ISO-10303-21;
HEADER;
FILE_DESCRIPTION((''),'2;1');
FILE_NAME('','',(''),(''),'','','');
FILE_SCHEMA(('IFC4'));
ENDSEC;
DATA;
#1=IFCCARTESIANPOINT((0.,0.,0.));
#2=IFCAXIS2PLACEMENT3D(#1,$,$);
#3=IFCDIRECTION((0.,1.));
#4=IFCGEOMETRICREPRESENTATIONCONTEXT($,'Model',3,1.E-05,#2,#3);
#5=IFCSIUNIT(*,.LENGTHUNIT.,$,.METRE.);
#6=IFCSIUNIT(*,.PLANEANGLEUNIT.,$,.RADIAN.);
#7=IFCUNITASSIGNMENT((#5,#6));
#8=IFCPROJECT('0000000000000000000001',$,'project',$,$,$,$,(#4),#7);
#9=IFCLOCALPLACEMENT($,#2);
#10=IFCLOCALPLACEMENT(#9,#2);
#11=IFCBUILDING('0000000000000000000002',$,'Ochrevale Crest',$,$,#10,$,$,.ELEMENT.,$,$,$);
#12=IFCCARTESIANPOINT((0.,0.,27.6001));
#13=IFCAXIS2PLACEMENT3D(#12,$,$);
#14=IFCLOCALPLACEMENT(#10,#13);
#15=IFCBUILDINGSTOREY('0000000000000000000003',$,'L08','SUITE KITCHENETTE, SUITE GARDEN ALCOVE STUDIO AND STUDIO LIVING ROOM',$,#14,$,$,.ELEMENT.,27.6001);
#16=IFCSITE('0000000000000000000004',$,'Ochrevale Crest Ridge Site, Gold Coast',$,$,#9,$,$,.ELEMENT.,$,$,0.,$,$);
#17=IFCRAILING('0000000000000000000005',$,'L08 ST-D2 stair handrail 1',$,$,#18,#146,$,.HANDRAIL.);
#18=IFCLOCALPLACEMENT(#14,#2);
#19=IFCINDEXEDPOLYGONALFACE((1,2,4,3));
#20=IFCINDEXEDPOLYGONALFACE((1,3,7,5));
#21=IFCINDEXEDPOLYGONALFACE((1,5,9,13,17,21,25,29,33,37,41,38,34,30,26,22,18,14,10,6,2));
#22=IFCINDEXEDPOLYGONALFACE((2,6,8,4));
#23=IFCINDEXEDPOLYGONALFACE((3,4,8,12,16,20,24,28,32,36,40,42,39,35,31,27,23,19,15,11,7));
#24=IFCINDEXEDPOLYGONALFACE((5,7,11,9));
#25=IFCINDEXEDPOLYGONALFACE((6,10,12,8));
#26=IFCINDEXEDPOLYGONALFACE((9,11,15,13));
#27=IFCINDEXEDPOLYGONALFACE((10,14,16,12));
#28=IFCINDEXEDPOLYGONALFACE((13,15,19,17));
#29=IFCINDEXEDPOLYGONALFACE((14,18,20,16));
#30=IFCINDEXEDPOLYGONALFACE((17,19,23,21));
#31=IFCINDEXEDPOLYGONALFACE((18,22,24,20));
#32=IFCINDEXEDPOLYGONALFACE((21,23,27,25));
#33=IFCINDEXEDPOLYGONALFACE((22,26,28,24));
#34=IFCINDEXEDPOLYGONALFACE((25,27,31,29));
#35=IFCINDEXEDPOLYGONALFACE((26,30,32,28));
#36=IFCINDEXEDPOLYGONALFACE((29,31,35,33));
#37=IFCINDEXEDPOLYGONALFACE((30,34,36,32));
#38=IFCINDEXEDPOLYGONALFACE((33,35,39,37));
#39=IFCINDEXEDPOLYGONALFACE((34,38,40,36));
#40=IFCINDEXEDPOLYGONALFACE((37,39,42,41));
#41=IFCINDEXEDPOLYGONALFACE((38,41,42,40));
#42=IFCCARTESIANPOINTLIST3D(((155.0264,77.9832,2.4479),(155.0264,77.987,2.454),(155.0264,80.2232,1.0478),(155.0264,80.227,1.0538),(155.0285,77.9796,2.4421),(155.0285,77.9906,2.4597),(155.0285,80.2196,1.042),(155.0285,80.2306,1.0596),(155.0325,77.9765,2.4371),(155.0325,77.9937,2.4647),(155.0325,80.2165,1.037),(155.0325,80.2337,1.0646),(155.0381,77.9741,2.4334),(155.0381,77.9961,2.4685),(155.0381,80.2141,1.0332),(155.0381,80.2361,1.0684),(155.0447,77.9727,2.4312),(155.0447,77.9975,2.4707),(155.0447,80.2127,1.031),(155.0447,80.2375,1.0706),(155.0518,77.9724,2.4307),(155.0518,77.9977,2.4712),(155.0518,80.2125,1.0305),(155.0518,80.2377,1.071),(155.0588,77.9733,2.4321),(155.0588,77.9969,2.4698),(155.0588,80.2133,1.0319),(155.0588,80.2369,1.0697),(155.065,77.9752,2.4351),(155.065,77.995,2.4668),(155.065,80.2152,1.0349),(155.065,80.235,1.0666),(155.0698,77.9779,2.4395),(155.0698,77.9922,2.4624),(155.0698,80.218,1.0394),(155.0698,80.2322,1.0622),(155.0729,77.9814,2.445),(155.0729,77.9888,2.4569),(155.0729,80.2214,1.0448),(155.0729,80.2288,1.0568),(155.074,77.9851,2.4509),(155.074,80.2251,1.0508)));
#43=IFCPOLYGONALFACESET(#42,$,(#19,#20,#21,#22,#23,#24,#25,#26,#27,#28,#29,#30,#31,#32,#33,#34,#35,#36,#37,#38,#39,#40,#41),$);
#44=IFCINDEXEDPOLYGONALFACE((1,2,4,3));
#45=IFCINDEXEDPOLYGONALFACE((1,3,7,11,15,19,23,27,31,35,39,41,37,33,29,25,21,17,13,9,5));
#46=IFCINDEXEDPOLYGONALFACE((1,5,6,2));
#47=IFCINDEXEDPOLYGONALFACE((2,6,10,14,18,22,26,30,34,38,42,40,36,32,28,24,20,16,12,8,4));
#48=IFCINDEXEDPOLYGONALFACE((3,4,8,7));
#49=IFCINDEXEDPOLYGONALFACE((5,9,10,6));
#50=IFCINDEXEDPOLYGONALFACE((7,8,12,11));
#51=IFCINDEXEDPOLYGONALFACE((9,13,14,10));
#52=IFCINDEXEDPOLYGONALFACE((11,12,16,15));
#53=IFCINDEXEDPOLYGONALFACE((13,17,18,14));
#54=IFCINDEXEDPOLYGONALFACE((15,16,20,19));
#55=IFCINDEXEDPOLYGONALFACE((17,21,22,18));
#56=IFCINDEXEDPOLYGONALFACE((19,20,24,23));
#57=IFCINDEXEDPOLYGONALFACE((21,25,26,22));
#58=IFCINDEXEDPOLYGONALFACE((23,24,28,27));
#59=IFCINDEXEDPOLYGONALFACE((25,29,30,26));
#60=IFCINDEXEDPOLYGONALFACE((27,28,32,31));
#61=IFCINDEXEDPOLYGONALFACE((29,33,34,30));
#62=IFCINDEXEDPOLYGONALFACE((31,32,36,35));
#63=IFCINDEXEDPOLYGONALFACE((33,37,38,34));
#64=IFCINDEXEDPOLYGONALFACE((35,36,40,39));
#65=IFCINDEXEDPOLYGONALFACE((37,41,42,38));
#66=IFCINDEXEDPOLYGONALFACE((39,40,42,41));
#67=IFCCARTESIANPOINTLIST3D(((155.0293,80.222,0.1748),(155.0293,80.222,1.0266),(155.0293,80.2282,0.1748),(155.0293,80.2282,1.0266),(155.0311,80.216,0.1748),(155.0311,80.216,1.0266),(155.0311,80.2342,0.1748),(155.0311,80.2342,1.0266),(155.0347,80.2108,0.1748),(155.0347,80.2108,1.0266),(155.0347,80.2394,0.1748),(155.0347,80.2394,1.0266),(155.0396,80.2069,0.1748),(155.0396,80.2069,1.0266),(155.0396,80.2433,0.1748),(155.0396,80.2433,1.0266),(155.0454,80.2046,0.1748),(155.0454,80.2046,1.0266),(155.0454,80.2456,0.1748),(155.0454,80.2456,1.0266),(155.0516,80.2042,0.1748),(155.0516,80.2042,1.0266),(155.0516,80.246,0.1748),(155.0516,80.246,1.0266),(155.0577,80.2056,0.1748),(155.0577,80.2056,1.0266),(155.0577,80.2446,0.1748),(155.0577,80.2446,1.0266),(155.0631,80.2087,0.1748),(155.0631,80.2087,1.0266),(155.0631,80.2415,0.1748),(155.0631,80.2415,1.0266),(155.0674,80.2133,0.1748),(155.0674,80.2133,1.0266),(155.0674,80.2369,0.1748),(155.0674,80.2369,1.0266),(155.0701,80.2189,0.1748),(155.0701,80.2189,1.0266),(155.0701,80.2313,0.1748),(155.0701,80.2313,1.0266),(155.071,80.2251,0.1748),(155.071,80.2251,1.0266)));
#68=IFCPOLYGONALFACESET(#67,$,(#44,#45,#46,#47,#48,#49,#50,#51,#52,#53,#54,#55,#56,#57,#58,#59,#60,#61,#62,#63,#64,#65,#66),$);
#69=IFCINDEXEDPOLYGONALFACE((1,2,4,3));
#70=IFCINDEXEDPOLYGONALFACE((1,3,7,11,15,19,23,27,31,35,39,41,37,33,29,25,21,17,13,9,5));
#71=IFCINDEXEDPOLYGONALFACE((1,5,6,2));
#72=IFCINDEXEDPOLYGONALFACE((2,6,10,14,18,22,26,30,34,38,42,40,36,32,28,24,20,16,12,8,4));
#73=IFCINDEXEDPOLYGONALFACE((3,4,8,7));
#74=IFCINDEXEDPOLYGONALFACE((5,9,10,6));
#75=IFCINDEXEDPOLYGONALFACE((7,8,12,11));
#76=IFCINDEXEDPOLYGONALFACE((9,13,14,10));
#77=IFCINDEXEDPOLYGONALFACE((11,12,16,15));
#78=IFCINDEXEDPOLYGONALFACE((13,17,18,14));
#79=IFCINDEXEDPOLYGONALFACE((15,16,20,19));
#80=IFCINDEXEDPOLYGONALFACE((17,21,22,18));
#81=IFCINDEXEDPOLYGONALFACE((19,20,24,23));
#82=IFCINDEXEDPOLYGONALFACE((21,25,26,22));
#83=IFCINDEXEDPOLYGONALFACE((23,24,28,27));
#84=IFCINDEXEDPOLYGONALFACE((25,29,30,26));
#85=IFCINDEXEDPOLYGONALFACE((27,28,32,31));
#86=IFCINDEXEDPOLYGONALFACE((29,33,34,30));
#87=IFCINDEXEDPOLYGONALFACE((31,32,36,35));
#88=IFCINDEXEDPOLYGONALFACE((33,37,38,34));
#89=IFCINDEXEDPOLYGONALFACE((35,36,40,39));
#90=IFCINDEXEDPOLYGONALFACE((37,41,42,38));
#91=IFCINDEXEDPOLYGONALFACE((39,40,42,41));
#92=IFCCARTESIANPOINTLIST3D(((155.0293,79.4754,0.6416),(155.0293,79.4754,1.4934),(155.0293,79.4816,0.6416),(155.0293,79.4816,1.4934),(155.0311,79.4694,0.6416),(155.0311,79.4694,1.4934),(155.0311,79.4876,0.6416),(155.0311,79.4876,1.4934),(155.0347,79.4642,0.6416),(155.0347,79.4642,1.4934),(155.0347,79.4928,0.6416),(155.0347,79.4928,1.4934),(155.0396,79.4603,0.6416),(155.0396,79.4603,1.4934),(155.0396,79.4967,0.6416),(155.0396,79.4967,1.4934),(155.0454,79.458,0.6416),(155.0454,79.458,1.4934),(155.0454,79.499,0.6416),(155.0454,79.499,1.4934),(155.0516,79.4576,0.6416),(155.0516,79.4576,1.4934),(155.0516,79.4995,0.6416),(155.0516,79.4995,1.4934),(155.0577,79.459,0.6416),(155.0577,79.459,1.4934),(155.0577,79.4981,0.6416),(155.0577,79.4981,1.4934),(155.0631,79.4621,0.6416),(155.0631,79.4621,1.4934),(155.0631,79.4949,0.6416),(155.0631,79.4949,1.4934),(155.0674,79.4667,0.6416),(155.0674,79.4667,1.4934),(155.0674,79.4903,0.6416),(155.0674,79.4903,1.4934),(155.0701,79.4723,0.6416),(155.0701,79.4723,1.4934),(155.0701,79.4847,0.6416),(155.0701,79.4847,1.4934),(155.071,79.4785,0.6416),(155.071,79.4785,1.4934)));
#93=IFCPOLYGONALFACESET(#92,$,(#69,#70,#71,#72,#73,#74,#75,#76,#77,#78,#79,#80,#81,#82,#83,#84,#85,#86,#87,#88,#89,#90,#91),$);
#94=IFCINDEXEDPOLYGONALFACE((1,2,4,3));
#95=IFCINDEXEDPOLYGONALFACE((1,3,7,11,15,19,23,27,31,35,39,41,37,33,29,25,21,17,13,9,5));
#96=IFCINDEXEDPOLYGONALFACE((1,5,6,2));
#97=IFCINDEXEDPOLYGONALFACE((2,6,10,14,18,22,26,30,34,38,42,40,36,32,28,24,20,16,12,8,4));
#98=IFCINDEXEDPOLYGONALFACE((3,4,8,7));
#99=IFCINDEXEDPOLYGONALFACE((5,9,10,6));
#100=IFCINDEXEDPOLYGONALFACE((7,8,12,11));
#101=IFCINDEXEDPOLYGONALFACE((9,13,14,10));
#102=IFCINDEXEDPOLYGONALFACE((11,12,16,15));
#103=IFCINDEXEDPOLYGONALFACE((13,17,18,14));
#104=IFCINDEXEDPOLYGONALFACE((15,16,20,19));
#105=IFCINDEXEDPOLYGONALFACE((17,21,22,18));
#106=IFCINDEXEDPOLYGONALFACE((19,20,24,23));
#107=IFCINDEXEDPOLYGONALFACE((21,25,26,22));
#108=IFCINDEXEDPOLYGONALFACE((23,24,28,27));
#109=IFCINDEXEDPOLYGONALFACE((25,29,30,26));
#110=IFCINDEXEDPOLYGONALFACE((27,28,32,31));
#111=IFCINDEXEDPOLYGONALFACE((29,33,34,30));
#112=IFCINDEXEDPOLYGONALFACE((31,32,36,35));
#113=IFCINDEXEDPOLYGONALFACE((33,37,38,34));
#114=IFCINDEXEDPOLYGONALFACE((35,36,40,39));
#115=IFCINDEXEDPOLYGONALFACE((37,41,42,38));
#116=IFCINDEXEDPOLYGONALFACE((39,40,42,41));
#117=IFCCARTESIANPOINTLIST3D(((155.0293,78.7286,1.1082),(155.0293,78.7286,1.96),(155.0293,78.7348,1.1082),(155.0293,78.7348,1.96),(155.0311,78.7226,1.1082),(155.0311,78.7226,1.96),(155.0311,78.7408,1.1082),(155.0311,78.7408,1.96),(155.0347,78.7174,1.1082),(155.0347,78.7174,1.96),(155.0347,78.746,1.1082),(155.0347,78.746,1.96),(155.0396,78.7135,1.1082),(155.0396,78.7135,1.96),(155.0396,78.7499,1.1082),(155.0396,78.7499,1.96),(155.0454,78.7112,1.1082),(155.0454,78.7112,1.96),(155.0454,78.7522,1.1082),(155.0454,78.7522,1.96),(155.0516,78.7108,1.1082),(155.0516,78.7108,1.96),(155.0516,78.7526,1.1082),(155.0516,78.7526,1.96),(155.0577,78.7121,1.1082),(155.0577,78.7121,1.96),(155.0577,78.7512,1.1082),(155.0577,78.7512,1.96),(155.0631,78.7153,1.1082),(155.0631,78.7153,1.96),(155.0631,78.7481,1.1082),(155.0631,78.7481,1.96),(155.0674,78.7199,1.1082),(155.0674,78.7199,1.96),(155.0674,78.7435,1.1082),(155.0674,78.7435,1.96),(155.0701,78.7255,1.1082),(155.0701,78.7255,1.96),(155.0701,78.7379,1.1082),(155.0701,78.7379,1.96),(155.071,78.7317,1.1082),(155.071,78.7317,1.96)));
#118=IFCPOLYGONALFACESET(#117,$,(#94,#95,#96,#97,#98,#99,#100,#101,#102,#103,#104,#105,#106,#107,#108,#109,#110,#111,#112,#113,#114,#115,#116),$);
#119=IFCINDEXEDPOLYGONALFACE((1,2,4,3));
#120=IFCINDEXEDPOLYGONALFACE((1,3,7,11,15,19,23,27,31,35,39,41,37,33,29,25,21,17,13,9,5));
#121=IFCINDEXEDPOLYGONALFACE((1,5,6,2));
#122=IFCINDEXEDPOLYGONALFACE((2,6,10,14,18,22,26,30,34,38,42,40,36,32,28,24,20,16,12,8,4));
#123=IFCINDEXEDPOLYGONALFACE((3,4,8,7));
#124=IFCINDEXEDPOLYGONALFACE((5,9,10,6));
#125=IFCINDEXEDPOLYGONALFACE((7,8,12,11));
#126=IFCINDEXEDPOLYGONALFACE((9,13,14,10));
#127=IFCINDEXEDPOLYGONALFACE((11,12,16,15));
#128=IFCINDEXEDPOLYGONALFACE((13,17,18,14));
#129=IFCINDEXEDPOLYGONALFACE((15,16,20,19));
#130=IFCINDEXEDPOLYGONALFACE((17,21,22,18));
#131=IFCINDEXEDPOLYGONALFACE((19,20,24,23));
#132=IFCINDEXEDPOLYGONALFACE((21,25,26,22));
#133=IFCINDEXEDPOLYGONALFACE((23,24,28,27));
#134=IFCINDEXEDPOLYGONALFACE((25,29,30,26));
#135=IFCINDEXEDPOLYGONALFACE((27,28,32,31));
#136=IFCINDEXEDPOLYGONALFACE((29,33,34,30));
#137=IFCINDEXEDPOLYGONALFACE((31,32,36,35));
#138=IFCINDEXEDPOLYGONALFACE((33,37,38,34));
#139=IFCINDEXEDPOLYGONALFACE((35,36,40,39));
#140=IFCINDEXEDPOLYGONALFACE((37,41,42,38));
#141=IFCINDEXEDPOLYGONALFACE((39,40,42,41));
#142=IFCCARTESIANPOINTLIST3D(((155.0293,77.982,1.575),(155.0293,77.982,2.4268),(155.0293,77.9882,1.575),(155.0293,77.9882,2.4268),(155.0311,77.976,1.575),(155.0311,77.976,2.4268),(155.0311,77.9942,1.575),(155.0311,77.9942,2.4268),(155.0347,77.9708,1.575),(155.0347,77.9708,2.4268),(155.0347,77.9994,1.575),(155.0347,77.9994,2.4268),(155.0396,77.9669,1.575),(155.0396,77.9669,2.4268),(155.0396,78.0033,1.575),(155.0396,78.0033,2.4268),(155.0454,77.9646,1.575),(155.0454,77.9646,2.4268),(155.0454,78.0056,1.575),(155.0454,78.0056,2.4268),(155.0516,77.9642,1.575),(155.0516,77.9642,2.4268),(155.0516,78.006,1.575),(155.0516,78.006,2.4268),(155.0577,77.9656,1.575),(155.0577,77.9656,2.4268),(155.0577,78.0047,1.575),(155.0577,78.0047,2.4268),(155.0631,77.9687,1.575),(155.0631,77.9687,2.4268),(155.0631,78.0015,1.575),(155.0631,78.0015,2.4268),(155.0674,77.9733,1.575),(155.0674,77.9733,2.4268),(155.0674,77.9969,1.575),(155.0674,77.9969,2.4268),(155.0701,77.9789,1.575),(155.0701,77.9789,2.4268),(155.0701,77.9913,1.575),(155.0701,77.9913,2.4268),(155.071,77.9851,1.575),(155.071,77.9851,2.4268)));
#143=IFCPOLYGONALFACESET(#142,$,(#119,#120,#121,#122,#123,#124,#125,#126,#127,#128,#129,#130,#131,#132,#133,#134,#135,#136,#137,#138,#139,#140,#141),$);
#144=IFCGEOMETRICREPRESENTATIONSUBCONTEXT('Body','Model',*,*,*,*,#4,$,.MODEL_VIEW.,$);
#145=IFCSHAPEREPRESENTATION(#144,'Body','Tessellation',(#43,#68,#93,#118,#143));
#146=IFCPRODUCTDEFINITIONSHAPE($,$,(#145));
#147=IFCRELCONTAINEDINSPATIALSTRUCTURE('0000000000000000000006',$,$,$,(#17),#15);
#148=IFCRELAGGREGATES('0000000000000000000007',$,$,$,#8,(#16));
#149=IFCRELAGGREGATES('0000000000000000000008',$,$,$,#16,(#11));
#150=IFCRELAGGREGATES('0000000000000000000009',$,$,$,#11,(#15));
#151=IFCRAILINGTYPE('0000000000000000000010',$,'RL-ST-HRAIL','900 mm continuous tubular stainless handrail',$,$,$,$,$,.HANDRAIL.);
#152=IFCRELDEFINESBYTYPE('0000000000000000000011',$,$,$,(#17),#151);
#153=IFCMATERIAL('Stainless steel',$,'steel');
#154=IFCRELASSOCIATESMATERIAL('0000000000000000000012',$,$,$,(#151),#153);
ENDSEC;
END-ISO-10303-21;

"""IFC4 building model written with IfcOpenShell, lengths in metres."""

from ifc_helpers import new_model, si_unit, direction, frame, origin, origin_2d, place, context, subcontext, project, spatial, circle, extrude, material, type_object, element, save


model = new_model("IFC4")

# Units and contexts
model_context = context("Model", 3, precision=1e-05, world=origin(), true_north=direction((0.0, 1.0)))
body_context = subcontext(model_context, "Body", "Model", "MODEL_VIEW")
ifc_project = project(units=[si_unit("LENGTHUNIT", "METRE"), si_unit("PLANEANGLEUNIT", "RADIAN")], contexts=[model_context])

# Site, building, storey
site_placement = place(None, origin())
site = spatial("IfcSite", under=ifc_project, at=site_placement, Name="Ochrevale Crest Ridge Site, Gold Coast", CompositionType="ELEMENT", RefElevation=0.0)
building_placement = place(site_placement, origin())
building = spatial("IfcBuilding", under=site, at=building_placement, Name="Ochrevale Crest", CompositionType="ELEMENT")
storey_placement = place(building_placement, frame((0.0, 0.0, 27.6001)))
storey = spatial("IfcBuildingStorey", under=building, at=storey_placement, Name="L08", Description="SUITE KITCHENETTE, SUITE GARDEN ALCOVE STUDIO AND STUDIO LIVING ROOM", CompositionType="ELEMENT", Elevation=27.6001)

# Railing
ifc_material_1 = material(Name="Stainless steel", Category="steel")
railing_type_1 = type_object("IfcRailingType", Name="RL-ST-HRAIL", Description="900 mm continuous tubular stainless handrail", PredefinedType="HANDRAIL", material=ifc_material_1)
railing_1_placement = place(storey_placement, frame((155.05, 80.2251, 0.1748)))
element("IfcRailing", 1, at=railing_1_placement, inside=storey, type_object=railing_type_1, Name="L08 ST-D2 stair handrail 1", PredefinedType="HANDRAIL", context=body_context, shape_type="SweptSolid", body=[
    extrude(circle(Radius=0.0239, at=origin_2d()), frame((0.0, 0.0, 0.876), z_axis=(0.0, -0.847972, 0.53004), x_axis=(1.0, 0.0, 0.0)), (0.0, 0.0, 1.0), 2.6416),
    extrude(circle(Radius=0.021, at=origin_2d()), origin(), (0.0, 0.0, 1.0), 0.8518),
    extrude(circle(Radius=0.021, at=origin_2d()), frame((0.0, -0.7466, 0.4668)), (0.0, 0.0, 1.0), 0.8518),
    extrude(circle(Radius=0.021, at=origin_2d()), frame((0.0, -1.4934, 0.9333)), (0.0, 0.0, 1.0), 0.8518),
    extrude(circle(Radius=0.021, at=origin_2d()), frame((0.0, -2.24, 1.4001)), (0.0, 0.0, 1.0), 0.8518),
])

save(model, "model.ifc")
